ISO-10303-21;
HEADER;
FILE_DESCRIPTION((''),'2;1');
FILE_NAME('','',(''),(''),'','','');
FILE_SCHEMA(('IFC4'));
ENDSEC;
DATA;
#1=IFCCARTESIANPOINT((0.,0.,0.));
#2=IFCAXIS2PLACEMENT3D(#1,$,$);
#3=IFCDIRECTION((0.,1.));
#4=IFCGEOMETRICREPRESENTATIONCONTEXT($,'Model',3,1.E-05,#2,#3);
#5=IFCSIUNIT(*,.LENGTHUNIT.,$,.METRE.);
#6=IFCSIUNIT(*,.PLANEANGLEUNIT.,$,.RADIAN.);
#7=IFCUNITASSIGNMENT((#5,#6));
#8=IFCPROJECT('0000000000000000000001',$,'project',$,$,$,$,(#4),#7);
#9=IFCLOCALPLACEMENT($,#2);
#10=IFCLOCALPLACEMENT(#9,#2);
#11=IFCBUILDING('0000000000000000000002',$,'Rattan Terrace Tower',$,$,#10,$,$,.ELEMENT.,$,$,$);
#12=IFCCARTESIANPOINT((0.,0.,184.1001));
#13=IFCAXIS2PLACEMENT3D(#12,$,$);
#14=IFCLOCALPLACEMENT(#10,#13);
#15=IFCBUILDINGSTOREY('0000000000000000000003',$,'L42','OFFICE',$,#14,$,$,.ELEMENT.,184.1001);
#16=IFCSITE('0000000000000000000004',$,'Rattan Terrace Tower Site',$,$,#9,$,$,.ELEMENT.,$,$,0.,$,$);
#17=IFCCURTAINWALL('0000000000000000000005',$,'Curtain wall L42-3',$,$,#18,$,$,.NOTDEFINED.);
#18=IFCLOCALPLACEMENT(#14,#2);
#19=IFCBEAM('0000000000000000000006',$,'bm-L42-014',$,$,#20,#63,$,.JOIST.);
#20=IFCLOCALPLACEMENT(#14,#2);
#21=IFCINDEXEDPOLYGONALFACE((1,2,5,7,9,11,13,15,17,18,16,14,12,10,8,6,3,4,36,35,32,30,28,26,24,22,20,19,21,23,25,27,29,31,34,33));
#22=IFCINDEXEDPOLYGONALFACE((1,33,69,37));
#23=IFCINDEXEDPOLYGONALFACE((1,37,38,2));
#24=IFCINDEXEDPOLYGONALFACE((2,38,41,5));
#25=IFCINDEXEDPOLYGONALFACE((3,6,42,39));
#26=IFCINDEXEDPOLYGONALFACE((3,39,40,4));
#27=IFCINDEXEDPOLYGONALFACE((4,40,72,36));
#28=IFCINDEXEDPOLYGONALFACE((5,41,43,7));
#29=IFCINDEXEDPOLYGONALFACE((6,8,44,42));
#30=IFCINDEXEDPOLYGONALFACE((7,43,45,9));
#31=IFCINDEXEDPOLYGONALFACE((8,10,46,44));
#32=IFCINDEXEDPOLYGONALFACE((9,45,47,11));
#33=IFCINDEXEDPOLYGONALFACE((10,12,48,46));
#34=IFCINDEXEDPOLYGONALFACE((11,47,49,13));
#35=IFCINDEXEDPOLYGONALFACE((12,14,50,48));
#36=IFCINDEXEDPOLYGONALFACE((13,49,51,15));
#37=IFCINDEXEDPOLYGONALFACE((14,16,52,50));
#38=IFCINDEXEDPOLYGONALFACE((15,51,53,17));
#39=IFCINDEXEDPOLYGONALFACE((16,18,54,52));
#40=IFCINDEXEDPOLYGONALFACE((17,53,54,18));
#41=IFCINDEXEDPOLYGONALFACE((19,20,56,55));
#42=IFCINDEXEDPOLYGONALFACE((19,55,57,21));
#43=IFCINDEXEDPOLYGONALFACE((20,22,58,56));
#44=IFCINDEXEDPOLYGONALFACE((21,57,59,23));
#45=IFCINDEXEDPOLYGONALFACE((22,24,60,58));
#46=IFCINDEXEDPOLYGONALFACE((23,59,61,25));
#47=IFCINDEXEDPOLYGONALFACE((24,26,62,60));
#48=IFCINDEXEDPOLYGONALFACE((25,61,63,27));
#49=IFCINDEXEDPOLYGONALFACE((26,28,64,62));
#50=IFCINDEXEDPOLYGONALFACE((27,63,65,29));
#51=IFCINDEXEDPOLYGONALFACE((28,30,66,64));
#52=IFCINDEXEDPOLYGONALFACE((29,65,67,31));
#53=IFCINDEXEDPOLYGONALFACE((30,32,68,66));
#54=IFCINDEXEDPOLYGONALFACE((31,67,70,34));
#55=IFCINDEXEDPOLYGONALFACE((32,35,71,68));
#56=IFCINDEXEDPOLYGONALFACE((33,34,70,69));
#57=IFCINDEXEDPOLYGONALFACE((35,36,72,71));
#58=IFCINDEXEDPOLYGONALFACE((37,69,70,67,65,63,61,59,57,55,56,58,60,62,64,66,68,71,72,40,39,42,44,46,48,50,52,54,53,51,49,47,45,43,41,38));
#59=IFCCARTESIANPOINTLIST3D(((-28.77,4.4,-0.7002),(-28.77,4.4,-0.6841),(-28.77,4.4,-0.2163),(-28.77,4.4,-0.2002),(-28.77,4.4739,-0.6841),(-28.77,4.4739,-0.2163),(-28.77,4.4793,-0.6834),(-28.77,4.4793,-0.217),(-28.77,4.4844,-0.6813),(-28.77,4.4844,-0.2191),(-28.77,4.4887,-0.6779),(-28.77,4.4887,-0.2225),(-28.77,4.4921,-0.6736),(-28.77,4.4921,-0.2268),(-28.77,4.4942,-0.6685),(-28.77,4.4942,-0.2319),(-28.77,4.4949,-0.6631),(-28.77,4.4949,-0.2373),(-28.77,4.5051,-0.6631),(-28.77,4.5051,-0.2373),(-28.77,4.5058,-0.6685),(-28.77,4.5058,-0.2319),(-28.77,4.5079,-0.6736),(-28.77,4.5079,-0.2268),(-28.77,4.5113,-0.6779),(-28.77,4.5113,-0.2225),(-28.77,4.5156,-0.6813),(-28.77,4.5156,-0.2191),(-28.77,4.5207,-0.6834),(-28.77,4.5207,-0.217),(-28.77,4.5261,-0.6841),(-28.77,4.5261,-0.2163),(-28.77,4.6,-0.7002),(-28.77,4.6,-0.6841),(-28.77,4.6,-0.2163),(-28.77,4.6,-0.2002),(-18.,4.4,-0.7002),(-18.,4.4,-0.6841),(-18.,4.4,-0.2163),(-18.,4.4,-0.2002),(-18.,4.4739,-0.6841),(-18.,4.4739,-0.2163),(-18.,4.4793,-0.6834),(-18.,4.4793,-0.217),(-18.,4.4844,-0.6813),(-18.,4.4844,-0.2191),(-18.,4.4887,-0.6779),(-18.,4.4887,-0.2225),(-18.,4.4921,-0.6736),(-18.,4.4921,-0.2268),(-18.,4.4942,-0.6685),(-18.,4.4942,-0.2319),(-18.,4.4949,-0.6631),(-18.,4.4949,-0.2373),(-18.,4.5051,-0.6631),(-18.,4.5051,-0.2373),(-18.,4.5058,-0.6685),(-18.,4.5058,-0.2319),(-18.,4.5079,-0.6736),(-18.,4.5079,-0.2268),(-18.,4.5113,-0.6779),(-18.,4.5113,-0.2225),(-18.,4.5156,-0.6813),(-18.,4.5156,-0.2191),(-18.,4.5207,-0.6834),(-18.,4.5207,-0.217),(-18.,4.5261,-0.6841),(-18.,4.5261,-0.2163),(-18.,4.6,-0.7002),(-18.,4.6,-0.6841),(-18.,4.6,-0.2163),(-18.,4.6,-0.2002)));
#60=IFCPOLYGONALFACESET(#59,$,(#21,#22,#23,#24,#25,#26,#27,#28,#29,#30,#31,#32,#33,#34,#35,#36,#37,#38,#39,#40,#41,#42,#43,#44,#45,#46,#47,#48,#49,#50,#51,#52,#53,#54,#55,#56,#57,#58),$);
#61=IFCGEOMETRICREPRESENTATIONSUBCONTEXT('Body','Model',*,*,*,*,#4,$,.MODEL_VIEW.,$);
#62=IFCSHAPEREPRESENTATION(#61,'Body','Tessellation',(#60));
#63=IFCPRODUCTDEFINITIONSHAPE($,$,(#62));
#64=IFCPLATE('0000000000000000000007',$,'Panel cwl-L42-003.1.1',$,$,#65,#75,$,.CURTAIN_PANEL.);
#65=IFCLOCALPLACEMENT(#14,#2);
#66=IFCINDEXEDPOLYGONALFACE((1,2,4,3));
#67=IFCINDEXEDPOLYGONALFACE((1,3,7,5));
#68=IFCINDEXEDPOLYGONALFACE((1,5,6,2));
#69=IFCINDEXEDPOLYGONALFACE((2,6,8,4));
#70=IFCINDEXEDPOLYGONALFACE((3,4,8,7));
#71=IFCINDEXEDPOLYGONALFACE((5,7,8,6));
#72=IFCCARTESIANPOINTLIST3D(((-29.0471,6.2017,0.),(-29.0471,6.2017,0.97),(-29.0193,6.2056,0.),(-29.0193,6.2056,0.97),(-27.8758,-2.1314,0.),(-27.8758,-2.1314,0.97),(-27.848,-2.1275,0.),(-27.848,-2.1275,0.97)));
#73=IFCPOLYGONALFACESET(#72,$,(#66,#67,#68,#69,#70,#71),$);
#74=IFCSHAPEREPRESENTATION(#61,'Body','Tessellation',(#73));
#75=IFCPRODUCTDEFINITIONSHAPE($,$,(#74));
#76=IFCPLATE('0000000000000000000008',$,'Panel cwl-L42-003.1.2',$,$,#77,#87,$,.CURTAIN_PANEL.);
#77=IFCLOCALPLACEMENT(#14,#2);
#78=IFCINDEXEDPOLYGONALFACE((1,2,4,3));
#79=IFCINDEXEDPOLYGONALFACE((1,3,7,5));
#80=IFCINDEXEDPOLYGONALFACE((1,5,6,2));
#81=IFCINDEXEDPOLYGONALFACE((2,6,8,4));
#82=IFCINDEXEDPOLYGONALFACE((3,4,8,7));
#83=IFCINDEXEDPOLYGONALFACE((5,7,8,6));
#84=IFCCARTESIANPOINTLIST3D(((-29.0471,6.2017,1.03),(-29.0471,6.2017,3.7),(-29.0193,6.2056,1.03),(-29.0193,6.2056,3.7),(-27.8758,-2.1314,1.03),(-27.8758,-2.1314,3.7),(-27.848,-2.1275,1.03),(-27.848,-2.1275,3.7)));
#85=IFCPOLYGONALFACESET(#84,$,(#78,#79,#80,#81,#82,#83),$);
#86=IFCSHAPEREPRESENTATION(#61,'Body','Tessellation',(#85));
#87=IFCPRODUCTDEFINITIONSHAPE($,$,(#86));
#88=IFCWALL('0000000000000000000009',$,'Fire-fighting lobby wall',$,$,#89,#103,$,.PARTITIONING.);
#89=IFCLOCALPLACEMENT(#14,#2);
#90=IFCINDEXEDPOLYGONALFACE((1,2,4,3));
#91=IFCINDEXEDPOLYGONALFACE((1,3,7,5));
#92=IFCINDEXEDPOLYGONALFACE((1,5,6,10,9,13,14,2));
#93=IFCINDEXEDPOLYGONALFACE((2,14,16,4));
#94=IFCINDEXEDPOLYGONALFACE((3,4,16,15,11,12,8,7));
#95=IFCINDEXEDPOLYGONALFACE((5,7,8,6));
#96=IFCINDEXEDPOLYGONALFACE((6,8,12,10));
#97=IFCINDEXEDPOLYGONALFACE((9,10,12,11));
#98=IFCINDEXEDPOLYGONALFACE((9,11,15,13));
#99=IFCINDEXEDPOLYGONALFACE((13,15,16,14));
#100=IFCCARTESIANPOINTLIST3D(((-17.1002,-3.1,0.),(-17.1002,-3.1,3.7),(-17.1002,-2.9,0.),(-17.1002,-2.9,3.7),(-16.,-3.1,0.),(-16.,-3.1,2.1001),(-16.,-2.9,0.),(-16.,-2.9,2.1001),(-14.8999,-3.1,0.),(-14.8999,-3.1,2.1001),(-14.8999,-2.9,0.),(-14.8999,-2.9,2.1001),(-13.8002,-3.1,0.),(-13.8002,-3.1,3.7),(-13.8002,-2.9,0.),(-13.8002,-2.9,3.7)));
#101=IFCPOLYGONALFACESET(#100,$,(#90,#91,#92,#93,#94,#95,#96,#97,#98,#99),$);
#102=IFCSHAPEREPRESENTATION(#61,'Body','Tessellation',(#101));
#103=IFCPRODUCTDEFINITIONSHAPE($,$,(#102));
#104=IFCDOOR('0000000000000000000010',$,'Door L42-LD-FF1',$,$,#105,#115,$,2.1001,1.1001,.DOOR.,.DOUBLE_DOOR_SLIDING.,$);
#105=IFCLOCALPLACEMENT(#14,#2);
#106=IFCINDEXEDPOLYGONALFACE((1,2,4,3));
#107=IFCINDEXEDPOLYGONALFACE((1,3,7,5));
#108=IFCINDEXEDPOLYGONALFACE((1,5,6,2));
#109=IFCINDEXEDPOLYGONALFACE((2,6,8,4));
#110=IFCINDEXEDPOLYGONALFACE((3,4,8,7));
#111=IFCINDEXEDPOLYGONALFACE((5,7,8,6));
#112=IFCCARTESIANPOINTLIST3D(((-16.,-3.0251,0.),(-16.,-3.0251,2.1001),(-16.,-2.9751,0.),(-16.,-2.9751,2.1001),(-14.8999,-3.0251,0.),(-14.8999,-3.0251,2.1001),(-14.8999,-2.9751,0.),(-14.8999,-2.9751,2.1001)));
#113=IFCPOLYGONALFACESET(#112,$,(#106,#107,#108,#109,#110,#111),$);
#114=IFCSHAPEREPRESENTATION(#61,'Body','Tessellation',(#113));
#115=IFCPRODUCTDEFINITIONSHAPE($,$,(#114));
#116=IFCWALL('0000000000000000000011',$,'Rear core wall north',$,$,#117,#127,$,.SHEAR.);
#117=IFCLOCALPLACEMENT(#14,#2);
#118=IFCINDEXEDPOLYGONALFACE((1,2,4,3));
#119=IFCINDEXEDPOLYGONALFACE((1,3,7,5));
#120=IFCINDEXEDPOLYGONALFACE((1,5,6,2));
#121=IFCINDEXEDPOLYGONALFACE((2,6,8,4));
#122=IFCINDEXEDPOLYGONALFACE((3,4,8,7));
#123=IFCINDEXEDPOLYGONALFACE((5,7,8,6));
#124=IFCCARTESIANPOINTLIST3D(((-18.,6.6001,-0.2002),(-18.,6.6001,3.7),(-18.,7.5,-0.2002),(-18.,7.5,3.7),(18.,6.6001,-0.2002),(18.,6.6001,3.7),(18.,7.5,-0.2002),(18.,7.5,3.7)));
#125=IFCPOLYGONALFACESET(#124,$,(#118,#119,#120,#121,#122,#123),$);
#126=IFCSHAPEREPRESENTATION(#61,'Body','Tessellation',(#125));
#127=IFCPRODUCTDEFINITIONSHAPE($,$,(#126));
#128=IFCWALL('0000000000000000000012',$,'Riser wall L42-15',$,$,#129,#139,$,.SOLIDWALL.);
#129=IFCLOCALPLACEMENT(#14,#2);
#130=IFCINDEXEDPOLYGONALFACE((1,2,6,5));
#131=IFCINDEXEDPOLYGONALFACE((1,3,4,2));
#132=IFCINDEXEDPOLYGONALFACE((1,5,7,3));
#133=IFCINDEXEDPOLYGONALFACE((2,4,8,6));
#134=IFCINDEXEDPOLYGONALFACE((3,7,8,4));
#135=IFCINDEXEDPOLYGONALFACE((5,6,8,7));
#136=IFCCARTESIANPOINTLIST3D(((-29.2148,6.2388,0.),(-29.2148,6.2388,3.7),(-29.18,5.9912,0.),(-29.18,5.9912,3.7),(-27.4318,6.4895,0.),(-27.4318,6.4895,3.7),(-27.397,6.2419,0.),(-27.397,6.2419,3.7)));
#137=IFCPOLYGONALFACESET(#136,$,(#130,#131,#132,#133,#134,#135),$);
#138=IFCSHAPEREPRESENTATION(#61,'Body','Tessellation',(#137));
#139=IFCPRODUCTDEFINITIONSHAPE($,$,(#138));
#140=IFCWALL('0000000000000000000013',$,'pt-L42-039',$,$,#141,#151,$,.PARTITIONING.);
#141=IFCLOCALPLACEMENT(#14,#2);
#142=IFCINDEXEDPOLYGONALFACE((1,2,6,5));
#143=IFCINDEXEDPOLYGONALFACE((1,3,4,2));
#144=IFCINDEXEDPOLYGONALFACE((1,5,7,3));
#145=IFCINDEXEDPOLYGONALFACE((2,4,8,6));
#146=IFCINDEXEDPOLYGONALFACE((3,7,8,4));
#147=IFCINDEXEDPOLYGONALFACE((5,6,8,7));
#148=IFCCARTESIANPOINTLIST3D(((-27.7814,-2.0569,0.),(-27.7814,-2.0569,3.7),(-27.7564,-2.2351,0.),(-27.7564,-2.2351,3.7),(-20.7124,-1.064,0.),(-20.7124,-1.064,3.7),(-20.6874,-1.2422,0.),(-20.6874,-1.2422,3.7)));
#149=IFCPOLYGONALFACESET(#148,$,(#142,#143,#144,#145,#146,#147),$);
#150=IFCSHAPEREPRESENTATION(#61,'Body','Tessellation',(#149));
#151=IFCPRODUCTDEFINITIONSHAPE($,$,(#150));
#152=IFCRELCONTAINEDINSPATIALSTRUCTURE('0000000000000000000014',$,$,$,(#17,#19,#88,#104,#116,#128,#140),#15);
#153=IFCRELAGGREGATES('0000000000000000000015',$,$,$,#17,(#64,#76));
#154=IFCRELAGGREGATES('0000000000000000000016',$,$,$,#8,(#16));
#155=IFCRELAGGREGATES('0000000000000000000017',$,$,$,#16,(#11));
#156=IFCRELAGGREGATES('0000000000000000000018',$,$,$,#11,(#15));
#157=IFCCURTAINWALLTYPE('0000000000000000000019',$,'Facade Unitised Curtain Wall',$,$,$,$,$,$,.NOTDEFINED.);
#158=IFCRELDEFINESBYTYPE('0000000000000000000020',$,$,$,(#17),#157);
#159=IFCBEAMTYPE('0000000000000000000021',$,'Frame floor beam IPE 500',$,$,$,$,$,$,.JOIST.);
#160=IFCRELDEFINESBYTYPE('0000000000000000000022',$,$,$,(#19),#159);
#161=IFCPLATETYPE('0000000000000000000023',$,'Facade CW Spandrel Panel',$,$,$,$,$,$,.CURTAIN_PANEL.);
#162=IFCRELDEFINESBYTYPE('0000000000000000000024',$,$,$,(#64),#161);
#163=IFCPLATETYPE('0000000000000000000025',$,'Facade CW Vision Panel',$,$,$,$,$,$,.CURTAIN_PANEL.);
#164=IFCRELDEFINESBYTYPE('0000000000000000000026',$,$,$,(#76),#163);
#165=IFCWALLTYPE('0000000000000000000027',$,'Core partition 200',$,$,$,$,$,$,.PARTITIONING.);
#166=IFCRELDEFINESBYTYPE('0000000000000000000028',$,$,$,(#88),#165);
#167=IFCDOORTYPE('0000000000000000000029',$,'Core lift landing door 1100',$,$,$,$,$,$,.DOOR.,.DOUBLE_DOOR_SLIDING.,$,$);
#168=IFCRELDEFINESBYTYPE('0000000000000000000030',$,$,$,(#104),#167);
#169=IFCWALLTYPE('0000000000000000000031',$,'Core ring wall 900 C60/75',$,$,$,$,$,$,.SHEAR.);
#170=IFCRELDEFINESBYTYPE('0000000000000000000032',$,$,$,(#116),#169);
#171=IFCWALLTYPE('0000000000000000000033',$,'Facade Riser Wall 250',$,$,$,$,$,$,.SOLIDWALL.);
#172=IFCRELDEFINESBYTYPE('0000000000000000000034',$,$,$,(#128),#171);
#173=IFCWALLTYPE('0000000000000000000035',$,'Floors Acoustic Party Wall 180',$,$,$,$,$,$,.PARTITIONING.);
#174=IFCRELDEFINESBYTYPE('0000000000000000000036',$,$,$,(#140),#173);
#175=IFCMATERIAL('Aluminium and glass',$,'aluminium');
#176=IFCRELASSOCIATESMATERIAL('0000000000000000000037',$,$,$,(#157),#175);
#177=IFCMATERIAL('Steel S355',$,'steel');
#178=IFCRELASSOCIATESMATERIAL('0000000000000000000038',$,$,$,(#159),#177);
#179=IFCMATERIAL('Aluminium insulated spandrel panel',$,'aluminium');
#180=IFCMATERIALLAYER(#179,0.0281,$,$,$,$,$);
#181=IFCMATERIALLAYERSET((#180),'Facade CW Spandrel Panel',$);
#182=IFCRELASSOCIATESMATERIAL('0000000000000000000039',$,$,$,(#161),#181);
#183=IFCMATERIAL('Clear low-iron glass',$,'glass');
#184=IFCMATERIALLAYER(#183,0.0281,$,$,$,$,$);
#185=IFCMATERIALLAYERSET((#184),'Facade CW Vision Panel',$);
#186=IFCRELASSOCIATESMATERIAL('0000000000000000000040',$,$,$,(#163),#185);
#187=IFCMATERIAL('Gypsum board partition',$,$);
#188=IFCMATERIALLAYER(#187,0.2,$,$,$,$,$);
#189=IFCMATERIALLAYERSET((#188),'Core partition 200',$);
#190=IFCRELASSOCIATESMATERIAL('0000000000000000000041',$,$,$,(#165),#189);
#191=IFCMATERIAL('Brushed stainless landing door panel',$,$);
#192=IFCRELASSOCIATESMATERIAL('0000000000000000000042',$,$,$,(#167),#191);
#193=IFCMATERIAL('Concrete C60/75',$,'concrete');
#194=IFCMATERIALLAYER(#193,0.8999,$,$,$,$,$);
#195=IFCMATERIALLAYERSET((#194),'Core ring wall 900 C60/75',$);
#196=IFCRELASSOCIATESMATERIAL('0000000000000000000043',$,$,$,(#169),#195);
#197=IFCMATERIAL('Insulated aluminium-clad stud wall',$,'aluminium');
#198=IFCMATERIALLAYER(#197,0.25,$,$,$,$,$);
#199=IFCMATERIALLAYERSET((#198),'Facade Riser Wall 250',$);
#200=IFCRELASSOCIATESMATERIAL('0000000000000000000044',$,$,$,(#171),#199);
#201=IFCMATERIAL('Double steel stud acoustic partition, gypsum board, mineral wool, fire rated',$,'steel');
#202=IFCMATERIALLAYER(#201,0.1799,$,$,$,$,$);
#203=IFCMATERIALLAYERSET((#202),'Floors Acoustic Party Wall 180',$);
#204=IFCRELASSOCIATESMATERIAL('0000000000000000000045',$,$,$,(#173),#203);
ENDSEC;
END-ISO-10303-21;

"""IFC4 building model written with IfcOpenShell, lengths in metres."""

from ifc_helpers import new_model, si_unit, direction, frame, frame_2d, origin, origin_2d, place, context, subcontext, project, spatial, rectangle, i_section, extrude, material, layer, layer_set, material_profile, profile_set, type_object, element, fill, aggregate, save


model = new_model("IFC4")

# Units and contexts
model_context = context("Model", 3, precision=1e-05, world=origin(), true_north=direction((0.0, 1.0)))
body_context = subcontext(model_context, "Body", "Model", "MODEL_VIEW")
ifc_project = project(units=[si_unit("LENGTHUNIT", "METRE"), si_unit("PLANEANGLEUNIT", "RADIAN")], contexts=[model_context])

# Site, building, storey
site_placement = place(None, origin())
site = spatial("IfcSite", under=ifc_project, at=site_placement, Name="Rattan Terrace Tower Site", CompositionType="ELEMENT", RefElevation=0.0)
building_placement = place(site_placement, origin())
building = spatial("IfcBuilding", under=site, at=building_placement, Name="Rattan Terrace Tower", CompositionType="ELEMENT")
storey_placement = place(building_placement, frame((0.0, 0.0, 184.1001)))
storey = spatial("IfcBuildingStorey", under=building, at=storey_placement, Name="L42", Description="OFFICE", CompositionType="ELEMENT", Elevation=184.1001)

# Curtain wall
ifc_material_1 = material(Name="Aluminium and glass", Category="aluminium")
curtain_wall_type = type_object("IfcCurtainWallType", Name="Facade Unitised Curtain Wall", PredefinedType="NOTDEFINED", material=ifc_material_1)
curtain_wall_placement = place(storey_placement, origin())
curtain_wall = element("IfcCurtainWall", 1, at=curtain_wall_placement, inside=storey, type_object=curtain_wall_type, Name="Curtain wall L42-3", PredefinedType="NOTDEFINED")

# Beam
ifc_material_2 = material(Name="Steel S355", Category="steel")
ifc_material_profile_1 = material_profile(ifc_material_2, i_section(OverallWidth=0.2, OverallDepth=0.5, WebThickness=0.0103, FlangeThickness=0.0161, FilletRadius=0.021, at=origin_2d()), Name="IPE 500")
ifc_profile_set_1 = profile_set([ifc_material_profile_1], Name="Steel S355")
beam_type_1 = type_object("IfcBeamType", Name="Frame floor beam IPE 500", PredefinedType="JOIST", material=ifc_profile_set_1)
beam_1_placement = place(storey_placement, frame((-28.77, 4.5, -0.4502), z_axis=(1.0, 0.0, 0.0), x_axis=(0.0, 1.0, 0.0)))
element("IfcBeam", 2, at=beam_1_placement, inside=storey, type_object=beam_type_1, Name="bm-L42-014", PredefinedType="JOIST", context=body_context, shape_type="SweptSolid", body=[
    extrude(i_section(OverallWidth=0.2, OverallDepth=0.5, WebThickness=0.0103, FlangeThickness=0.0161, FilletRadius=0.021, at=origin_2d()), origin(), (0.0, 0.0, 1.0), 10.77),
])

# Plates
ifc_material_3 = material(Name="Aluminium insulated spandrel panel", Category="aluminium")
ifc_layer_1 = layer(ifc_material_3, 0.0281)
ifc_layer_set_1 = layer_set([ifc_layer_1], Name="Facade CW Spandrel Panel")
plate_type_1 = type_object("IfcPlateType", Name="Facade CW Spandrel Panel", PredefinedType="CURTAIN_PANEL", material=ifc_layer_set_1)
plate_1_placement = place(storey_placement, frame((-28.4475, 2.0371, 0.0), z_axis=(0.0, 0.0, 1.0), x_axis=(0.139191, -0.990266, 0.0)))
plate_1 = element("IfcPlate", 3, at=plate_1_placement, type_object=plate_type_1, Name="Panel cwl-L42-003.1.1", PredefinedType="CURTAIN_PANEL", context=body_context, shape_type="SweptSolid", body=[
    extrude(rectangle(XDim=8.415, YDim=0.0281, at=origin_2d()), origin(), (0.0, 0.0, 1.0), 0.97),
])
ifc_material_4 = material(Name="Clear low-iron glass", Category="glass")
ifc_layer_2 = layer(ifc_material_4, 0.0281)
ifc_layer_set_2 = layer_set([ifc_layer_2], Name="Facade CW Vision Panel")
plate_type_2 = type_object("IfcPlateType", Name="Facade CW Vision Panel", PredefinedType="CURTAIN_PANEL", material=ifc_layer_set_2)
plate_2_placement = place(storey_placement, frame((-28.4475, 2.0371, 1.03), z_axis=(0.0, 0.0, 1.0), x_axis=(0.139191, -0.990266, 0.0)))
plate_2 = element("IfcPlate", 4, at=plate_2_placement, type_object=plate_type_2, Name="Panel cwl-L42-003.1.2", PredefinedType="CURTAIN_PANEL", context=body_context, shape_type="SweptSolid", body=[
    extrude(rectangle(XDim=8.415, YDim=0.0281, at=origin_2d()), origin(), (0.0, 0.0, 1.0), 2.6699),
])
aggregate(curtain_wall, [plate_1, plate_2])

# Wall, opening, door
ifc_material_5 = material(Name="Gypsum board partition")
ifc_layer_3 = layer(ifc_material_5, 0.2)
ifc_layer_set_3 = layer_set([ifc_layer_3], Name="Core partition 200")
wall_type_1 = type_object("IfcWallType", Name="Core partition 200", PredefinedType="PARTITIONING", material=ifc_layer_set_3)
wall_1_placement = place(storey_placement, frame((-17.1001, -3.0, 0.0), z_axis=(0.0, 0.0, 1.0), x_axis=(1.0, 0.0, 0.0)))
wall_1 = element("IfcWall", 5, at=wall_1_placement, inside=storey, type_object=wall_type_1, Name="Fire-fighting lobby wall", PredefinedType="PARTITIONING", context=body_context, shape_type="SweptSolid", body=[
    extrude(rectangle(XDim=3.3, YDim=0.2, at=frame_2d((1.6499, 0.0))), origin(), (0.0, 0.0, 1.0), 3.7),
])
opening_1_placement = place(wall_1_placement, frame((1.1001, 0.0, 0.0)))
opening_1 = element("IfcOpeningElement", 6, at=opening_1_placement, cuts=wall_1, PredefinedType="OPENING", context=body_context, shape_type="SweptSolid", body=[
    extrude(rectangle(XDim=1.1001, YDim=2.1001, at=frame_2d((0.55, 1.05))), frame((0.0, 0.1106, 0.0), z_axis=(0.0, -1.0, 0.0), x_axis=(1.0, 0.0, 0.0)), (0.0, 0.0, 1.0), 0.2209),
])
ifc_material_6 = material(Name="Brushed stainless landing door panel")
door_type_1 = type_object("IfcDoorType", Name="Core lift landing door 1100", OperationType="DOUBLE_DOOR_SLIDING", PredefinedType="DOOR", material=ifc_material_6)
door_1_placement = place(opening_1_placement, origin())
door_1 = element("IfcDoor", 7, at=door_1_placement, inside=storey, type_object=door_type_1, Name="Door L42-LD-FF1", OperationType="DOUBLE_DOOR_SLIDING", OverallHeight=2.1001, OverallWidth=1.1001, PredefinedType="DOOR", context=body_context, shape_type="SweptSolid", body=[
    extrude(rectangle(XDim=1.1001, YDim=2.1001, at=frame_2d((0.55, 1.05))), frame((0.0, 0.0249, 0.0), z_axis=(0.0, -1.0, 0.0), x_axis=(1.0, 0.0, 0.0)), (0.0, 0.0, 1.0), 0.05),
])
fill(opening_1, door_1)

# Walls
ifc_material_7 = material(Name="Concrete C60/75", Category="concrete")
ifc_layer_4 = layer(ifc_material_7, 0.8999)
ifc_layer_set_4 = layer_set([ifc_layer_4], Name="Core ring wall 900 C60/75")
wall_type_2 = type_object("IfcWallType", Name="Core ring wall 900 C60/75", PredefinedType="SHEAR", material=ifc_layer_set_4)
wall_2_placement = place(storey_placement, frame((-18.0, 7.05, -0.2002), z_axis=(0.0, 0.0, 1.0), x_axis=(1.0, 0.0, 0.0)))
element("IfcWall", 8, at=wall_2_placement, inside=storey, type_object=wall_type_2, Name="Rear core wall north", PredefinedType="SHEAR", context=body_context, shape_type="SweptSolid", body=[
    extrude(rectangle(XDim=36.0, YDim=0.8999, at=frame_2d((18.0, 0.0))), origin(), (0.0, 0.0, 1.0), 3.9001),
])
ifc_material_8 = material(Name="Insulated aluminium-clad stud wall", Category="aluminium")
ifc_layer_5 = layer(ifc_material_8, 0.25)
ifc_layer_set_5 = layer_set([ifc_layer_5], Name="Facade Riser Wall 250")
wall_type_3 = type_object("IfcWallType", Name="Facade Riser Wall 250", PredefinedType="SOLIDWALL", material=ifc_layer_set_5)
wall_3_placement = place(storey_placement, frame((-27.4143, 6.3657, 0.0), z_axis=(0.0, 0.0, 1.0), x_axis=(-0.990256, -0.139257, 0.0)))
element("IfcWall", 9, at=wall_3_placement, inside=storey, type_object=wall_type_3, Name="Riser wall L42-15", PredefinedType="SOLIDWALL", context=body_context, shape_type="SweptSolid", body=[
    extrude(rectangle(XDim=1.8005, YDim=0.25, at=frame_2d((0.9004, 0.0))), origin(), (0.0, 0.0, 1.0), 3.7),
])
ifc_material_9 = material(Name="Double steel stud acoustic partition, gypsum board, mineral wool, fire rated", Category="steel")
ifc_layer_6 = layer(ifc_material_9, 0.1799)
ifc_layer_set_6 = layer_set([ifc_layer_6], Name="Floors Acoustic Party Wall 180")
wall_type_4 = type_object("IfcWallType", Name="Floors Acoustic Party Wall 180", PredefinedType="PARTITIONING", material=ifc_layer_set_6)
wall_4_placement = place(storey_placement, frame((-27.769, -2.146, 0.0), z_axis=(0.0, 0.0, 1.0), x_axis=(0.990279, 0.139094, 0.0)))
element("IfcWall", 10, at=wall_4_placement, inside=storey, type_object=wall_type_4, Name="pt-L42-039", PredefinedType="PARTITIONING", context=body_context, shape_type="SweptSolid", body=[
    extrude(rectangle(XDim=7.1384, YDim=0.1799, at=frame_2d((3.5693, 0.0))), origin(), (0.0, 0.0, 1.0), 3.7),
])

save(model, "model.ifc")
